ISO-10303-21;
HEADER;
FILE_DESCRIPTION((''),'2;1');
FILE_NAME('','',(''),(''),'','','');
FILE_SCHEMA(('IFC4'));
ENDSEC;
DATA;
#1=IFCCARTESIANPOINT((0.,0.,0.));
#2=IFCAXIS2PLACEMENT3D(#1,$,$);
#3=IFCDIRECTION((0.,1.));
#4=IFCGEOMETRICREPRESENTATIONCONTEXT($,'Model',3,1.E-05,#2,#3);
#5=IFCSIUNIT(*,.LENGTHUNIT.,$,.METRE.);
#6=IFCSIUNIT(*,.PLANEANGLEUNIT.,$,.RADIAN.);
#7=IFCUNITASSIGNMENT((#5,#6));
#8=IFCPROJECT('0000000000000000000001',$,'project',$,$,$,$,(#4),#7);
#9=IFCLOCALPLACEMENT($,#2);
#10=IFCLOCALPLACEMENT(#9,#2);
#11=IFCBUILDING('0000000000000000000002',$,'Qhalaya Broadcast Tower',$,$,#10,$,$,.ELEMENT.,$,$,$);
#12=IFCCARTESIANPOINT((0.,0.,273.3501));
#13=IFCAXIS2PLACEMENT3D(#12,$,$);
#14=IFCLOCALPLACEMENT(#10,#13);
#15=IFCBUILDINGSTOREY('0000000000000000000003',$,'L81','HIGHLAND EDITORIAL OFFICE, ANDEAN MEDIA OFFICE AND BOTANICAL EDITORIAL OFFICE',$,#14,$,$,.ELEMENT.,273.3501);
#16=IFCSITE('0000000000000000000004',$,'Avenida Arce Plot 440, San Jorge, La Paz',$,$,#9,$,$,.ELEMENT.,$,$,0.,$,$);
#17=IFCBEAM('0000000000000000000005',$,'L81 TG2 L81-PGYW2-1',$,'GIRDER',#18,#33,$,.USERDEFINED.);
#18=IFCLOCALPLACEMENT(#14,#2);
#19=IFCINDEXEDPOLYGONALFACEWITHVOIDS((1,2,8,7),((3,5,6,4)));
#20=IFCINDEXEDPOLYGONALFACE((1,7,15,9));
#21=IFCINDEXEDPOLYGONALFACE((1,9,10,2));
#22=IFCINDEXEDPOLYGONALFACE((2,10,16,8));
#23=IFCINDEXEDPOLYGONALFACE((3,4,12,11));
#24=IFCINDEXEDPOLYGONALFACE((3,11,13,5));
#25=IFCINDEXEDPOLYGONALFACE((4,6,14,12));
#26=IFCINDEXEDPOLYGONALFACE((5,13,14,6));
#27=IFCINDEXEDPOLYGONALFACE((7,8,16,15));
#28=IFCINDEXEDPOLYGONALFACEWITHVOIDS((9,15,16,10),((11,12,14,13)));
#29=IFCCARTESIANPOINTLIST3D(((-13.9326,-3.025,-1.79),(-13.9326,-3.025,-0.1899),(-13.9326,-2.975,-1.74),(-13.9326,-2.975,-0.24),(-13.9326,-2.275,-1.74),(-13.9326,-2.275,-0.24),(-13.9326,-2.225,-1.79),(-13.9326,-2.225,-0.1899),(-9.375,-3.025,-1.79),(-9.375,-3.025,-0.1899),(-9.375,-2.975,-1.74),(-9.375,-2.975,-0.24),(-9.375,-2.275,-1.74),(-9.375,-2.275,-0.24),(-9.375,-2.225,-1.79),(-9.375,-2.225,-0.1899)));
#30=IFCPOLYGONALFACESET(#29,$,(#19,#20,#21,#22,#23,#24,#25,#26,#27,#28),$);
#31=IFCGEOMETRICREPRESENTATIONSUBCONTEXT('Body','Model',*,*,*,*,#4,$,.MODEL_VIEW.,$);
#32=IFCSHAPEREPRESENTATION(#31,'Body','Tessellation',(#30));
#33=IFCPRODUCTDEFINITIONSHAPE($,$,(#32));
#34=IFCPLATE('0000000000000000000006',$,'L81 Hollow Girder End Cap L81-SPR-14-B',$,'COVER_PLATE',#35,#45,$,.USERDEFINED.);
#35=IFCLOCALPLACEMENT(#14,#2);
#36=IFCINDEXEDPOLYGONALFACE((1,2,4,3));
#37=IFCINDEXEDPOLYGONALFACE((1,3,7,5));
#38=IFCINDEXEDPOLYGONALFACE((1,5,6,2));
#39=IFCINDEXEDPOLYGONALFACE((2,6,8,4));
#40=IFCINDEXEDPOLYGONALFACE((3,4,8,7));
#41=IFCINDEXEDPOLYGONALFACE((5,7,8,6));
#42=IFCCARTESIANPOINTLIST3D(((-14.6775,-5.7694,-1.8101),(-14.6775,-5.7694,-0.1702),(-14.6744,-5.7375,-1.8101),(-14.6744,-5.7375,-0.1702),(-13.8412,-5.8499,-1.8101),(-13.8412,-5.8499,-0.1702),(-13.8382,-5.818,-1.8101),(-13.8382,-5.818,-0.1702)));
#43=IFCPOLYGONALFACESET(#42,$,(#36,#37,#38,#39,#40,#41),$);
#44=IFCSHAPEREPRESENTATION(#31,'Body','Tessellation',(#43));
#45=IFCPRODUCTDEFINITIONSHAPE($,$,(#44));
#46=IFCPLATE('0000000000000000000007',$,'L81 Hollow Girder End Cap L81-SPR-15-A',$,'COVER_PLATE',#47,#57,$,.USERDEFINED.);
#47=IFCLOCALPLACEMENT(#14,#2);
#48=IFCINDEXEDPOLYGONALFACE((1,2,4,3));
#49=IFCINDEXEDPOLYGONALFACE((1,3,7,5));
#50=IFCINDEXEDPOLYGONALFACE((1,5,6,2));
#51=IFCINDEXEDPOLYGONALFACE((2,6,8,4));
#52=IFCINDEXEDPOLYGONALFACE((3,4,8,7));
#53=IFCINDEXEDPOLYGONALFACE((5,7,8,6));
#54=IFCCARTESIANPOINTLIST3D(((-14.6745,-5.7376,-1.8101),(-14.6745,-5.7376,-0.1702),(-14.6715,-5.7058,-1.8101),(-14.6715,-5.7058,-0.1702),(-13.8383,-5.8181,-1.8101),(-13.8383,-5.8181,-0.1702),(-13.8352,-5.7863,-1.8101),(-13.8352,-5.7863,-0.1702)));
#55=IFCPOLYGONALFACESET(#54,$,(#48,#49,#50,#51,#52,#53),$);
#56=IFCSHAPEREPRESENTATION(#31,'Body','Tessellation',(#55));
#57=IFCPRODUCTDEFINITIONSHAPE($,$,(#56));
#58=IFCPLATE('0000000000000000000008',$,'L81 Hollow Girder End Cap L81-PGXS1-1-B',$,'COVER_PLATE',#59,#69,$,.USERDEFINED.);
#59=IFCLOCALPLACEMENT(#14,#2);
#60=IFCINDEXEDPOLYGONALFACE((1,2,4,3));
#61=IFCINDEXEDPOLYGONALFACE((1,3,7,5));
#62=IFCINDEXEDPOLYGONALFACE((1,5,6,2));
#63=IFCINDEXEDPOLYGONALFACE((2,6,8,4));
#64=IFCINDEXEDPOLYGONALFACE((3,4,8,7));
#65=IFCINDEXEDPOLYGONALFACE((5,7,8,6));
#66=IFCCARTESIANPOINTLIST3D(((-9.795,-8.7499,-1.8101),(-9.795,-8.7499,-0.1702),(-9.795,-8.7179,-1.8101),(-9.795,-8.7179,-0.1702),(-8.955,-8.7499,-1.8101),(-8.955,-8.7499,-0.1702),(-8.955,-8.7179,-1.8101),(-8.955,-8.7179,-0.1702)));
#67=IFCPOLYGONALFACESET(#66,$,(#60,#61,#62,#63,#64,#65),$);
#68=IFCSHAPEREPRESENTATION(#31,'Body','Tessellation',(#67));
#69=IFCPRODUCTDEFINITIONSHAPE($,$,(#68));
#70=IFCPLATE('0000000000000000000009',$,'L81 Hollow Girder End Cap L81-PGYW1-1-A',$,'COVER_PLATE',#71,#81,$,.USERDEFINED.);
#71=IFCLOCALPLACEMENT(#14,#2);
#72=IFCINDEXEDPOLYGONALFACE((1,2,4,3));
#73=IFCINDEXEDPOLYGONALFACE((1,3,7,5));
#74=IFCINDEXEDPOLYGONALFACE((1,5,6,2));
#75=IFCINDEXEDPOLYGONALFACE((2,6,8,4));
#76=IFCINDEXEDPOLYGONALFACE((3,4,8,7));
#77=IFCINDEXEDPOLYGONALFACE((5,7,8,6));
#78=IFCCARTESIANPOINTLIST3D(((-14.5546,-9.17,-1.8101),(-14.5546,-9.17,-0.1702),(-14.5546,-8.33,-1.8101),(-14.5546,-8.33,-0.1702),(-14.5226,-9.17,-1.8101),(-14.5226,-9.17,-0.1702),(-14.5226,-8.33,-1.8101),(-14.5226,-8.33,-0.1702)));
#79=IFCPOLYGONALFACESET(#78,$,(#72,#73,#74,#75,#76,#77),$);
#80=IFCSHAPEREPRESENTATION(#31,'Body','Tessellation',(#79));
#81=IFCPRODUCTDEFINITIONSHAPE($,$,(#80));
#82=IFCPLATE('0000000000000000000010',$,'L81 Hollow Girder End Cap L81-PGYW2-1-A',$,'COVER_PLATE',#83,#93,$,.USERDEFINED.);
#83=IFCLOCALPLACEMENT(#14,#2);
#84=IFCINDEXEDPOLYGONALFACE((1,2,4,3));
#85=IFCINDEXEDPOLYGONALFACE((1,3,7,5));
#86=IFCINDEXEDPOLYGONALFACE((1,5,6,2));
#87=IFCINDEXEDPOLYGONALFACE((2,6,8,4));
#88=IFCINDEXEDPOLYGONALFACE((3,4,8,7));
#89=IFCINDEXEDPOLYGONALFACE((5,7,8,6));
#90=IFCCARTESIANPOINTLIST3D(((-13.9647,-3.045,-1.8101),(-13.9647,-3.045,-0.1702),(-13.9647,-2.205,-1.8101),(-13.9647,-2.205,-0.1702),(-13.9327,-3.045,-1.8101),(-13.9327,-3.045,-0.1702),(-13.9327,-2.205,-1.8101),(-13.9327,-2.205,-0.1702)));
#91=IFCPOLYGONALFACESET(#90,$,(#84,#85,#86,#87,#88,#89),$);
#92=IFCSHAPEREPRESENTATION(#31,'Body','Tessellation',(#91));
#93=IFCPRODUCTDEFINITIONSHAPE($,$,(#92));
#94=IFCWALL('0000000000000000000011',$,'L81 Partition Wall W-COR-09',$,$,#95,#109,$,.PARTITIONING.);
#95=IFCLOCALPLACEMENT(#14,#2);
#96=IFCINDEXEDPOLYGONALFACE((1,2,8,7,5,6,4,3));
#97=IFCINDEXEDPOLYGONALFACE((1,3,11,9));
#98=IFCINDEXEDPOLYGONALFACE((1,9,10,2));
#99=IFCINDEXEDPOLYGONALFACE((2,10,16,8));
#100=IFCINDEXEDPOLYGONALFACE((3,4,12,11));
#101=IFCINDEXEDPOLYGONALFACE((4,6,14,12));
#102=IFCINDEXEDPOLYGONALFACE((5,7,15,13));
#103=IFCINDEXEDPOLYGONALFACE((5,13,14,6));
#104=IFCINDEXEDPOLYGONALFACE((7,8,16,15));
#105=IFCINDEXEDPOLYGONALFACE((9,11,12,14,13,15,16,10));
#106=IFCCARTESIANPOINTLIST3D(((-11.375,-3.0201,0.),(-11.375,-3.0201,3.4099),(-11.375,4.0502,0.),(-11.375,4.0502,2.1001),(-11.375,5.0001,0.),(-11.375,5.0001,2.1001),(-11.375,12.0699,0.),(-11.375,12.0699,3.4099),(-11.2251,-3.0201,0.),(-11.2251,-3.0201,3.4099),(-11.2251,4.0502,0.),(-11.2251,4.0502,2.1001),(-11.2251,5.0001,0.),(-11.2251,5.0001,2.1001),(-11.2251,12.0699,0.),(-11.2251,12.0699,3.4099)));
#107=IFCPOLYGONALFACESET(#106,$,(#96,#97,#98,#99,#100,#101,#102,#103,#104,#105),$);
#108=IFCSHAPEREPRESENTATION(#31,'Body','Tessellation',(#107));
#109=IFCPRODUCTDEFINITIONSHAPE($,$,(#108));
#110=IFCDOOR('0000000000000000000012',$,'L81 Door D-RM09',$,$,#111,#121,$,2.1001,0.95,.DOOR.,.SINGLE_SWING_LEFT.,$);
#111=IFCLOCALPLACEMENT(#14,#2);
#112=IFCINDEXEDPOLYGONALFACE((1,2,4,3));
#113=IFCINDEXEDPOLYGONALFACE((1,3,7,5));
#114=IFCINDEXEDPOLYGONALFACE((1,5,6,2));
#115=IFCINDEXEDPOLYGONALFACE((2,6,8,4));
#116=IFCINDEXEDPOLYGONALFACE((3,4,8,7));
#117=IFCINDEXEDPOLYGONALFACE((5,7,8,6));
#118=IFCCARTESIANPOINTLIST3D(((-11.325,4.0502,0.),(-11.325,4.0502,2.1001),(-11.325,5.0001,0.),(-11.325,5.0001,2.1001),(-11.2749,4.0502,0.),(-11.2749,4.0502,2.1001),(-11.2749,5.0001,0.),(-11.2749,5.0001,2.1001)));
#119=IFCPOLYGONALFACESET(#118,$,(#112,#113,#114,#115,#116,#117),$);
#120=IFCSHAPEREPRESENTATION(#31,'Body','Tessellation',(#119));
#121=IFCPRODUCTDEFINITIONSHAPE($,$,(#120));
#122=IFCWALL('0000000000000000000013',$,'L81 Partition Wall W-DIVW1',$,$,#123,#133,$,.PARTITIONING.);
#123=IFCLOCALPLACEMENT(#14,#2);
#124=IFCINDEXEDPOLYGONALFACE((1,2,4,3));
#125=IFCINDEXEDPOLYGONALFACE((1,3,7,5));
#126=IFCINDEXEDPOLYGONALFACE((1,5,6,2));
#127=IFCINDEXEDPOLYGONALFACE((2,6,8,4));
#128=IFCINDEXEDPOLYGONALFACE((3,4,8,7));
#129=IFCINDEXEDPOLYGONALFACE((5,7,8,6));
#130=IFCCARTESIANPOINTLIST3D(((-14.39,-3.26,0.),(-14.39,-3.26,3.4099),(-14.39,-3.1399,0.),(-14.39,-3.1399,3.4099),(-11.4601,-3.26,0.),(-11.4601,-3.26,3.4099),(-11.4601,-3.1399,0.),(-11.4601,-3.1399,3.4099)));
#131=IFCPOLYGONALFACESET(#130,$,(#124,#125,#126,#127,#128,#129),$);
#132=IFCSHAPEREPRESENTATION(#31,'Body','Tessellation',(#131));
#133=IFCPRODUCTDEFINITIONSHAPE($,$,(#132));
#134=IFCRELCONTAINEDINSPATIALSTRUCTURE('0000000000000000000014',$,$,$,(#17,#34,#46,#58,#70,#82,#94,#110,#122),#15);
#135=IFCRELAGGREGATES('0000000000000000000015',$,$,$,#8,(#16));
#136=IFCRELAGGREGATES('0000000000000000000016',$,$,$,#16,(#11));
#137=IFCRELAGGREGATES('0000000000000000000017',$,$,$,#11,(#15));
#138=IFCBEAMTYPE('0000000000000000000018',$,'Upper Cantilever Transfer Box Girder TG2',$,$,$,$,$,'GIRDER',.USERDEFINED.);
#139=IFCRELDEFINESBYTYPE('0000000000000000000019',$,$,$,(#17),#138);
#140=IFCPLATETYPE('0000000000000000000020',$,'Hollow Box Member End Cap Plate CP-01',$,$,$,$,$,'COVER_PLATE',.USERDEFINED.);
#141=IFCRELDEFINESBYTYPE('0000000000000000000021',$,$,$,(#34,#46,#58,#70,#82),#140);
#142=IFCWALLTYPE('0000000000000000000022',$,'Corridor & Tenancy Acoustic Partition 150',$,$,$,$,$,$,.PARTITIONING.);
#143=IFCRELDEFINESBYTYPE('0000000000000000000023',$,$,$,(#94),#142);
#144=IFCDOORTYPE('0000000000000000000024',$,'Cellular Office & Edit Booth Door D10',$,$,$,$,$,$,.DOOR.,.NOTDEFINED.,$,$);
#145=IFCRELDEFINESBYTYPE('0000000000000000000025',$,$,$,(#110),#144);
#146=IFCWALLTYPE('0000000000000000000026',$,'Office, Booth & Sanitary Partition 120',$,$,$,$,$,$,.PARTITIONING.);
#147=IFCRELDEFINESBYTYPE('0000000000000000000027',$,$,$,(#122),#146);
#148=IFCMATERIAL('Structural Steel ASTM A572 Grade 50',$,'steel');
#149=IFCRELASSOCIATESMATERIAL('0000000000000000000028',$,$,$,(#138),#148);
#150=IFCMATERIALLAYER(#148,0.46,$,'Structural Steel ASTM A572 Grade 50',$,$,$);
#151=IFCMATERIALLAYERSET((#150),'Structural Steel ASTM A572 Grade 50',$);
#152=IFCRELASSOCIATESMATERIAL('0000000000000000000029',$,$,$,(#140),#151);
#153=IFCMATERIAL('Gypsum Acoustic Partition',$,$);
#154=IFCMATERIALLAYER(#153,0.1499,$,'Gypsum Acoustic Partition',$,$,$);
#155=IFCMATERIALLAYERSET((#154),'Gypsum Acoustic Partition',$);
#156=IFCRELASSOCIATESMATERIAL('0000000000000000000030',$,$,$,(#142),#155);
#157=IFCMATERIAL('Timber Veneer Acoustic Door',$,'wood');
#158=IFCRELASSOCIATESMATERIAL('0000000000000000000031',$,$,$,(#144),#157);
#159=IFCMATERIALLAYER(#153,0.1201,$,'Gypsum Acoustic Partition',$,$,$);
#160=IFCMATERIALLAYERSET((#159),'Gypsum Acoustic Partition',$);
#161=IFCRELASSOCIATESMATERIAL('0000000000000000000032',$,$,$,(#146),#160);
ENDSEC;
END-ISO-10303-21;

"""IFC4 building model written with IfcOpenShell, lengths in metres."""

from ifc_helpers import new_model, si_unit, direction, frame, frame_2d, origin, origin_2d, place, context, subcontext, project, spatial, rectangle, hollow_rectangle, extrude, material, layer, layer_set, material_profile, profile_set, type_object, element, fill, save


model = new_model("IFC4")

# Units and contexts
model_context = context("Model", 3, precision=1e-05, world=origin(), true_north=direction((0.0, 1.0)))
body_context = subcontext(model_context, "Body", "Model", "MODEL_VIEW")
ifc_project = project(units=[si_unit("LENGTHUNIT", "METRE"), si_unit("PLANEANGLEUNIT", "RADIAN")], contexts=[model_context])

# Site, building, storey
site_placement = place(None, origin())
site = spatial("IfcSite", under=ifc_project, at=site_placement, Name="Avenida Arce Plot 440, San Jorge, La Paz", CompositionType="ELEMENT", RefElevation=0.0)
building_placement = place(site_placement, origin())
building = spatial("IfcBuilding", under=site, at=building_placement, Name="Qhalaya Broadcast Tower", CompositionType="ELEMENT")
storey_placement = place(building_placement, frame((0.0, 0.0, 273.3501)))
storey = spatial("IfcBuildingStorey", under=building, at=storey_placement, Name="L81", Description="HIGHLAND EDITORIAL OFFICE, ANDEAN MEDIA OFFICE AND BOTANICAL EDITORIAL OFFICE", CompositionType="ELEMENT", Elevation=273.3501)

# Shared definitions
ifc_material_1 = material(Name="Structural Steel ASTM A572 Grade 50", Category="steel")

# Beam
ifc_material_profile_1 = material_profile(ifc_material_1, hollow_rectangle(XDim=0.8, YDim=1.6001, WallThickness=0.05, at=origin_2d()), Name="BOX 800x1600x50")
ifc_profile_set_1 = profile_set([ifc_material_profile_1], Name="Structural Steel ASTM A572 Grade 50")
beam_type_1 = type_object("IfcBeamType", Name="Upper Cantilever Transfer Box Girder TG2", ElementType="GIRDER", PredefinedType="USERDEFINED", material=ifc_profile_set_1)
beam_1_placement = place(storey_placement, frame((-13.9326, -2.625, -0.99), z_axis=(1.0, 0.0, 0.0), x_axis=(0.0, 1.0, 0.0)))
element("IfcBeam", 1, at=beam_1_placement, inside=storey, type_object=beam_type_1, Name="L81 TG2 L81-PGYW2-1", ObjectType="GIRDER", PredefinedType="USERDEFINED", context=body_context, shape_type="SweptSolid", body=[
    extrude(hollow_rectangle(XDim=0.8, YDim=1.6001, WallThickness=0.05, at=origin_2d()), origin(), (0.0, 0.0, 1.0), 4.5576),
])

# Plates
ifc_layer_1 = layer(ifc_material_1, 0.46, Name="Structural Steel ASTM A572 Grade 50")
ifc_layer_set_1 = layer_set([ifc_layer_1], Name="Structural Steel ASTM A572 Grade 50")
plate_type = type_object("IfcPlateType", Name="Hollow Box Member End Cap Plate CP-01", ElementType="COVER_PLATE", PredefinedType="USERDEFINED", material=ifc_layer_set_1)
for number, where, z_axis, x_axis, name in (
    (2, (-14.2578, -5.7937, -1.8101), (0.0, 0.0, 1.0), (0.995396, -0.095846, 0.0), "L81 Hollow Girder End Cap L81-SPR-14-B"),
    (3, (-14.2549, -5.762, -1.8101), (0.0, 0.0, 1.0), (0.995396, -0.095846, 0.0), "L81 Hollow Girder End Cap L81-SPR-15-A"),
    (4, (-9.375, -8.7339, -1.8101), (0.0, 0.0, 1.0), (-1.0, 0.0, 0.0), "L81 Hollow Girder End Cap L81-PGXS1-1-B"),
    (5, (-14.5386, -8.75, -1.8101), (0.0, 0.0, 1.0), (0.0, 1.0, 0.0), "L81 Hollow Girder End Cap L81-PGYW1-1-A"),
    (6, (-13.9487, -2.625, -1.8101), (0.0, 0.0, 1.0), (0.0, 1.0, 0.0), "L81 Hollow Girder End Cap L81-PGYW2-1-A"),
):
    element("IfcPlate", number, at=place(storey_placement, frame(where, z_axis=z_axis, x_axis=x_axis)), inside=storey, type_object=plate_type, Name=name, ObjectType="COVER_PLATE", PredefinedType="USERDEFINED", context=body_context, shape_type="SweptSolid", body=[
        extrude(rectangle(XDim=0.8401, YDim=0.032, at=origin_2d()), origin(), (0.0, 0.0, 1.0), 1.6399),
    ])

# Wall, opening, door
ifc_material_2 = material(Name="Gypsum Acoustic Partition")
ifc_layer_2 = layer(ifc_material_2, 0.1499, Name="Gypsum Acoustic Partition")
ifc_layer_set_2 = layer_set([ifc_layer_2], Name="Gypsum Acoustic Partition")
wall_type_1 = type_object("IfcWallType", Name="Corridor & Tenancy Acoustic Partition 150", PredefinedType="PARTITIONING", material=ifc_layer_set_2)
wall_1_placement = place(storey_placement, frame((-11.3, -3.02, 0.0), z_axis=(0.0, 0.0, 1.0), x_axis=(0.0, 1.0, 0.0)))
wall_1 = element("IfcWall", 7, at=wall_1_placement, inside=storey, type_object=wall_type_1, Name="L81 Partition Wall W-COR-09", PredefinedType="PARTITIONING", context=body_context, shape_type="SweptSolid", body=[
    extrude(rectangle(XDim=15.0901, YDim=0.1499, at=frame_2d((7.5449, 0.0))), origin(), (0.0, 0.0, 1.0), 3.4099),
])
opening_1_placement = place(wall_1_placement, frame((7.0701, 0.0, 0.0)))
opening_1 = element("IfcOpeningElement", 8, at=opening_1_placement, cuts=wall_1, PredefinedType="OPENING", context=body_context, shape_type="SweptSolid", body=[
    extrude(rectangle(XDim=0.95, YDim=2.1001, at=frame_2d((0.4751, 1.05))), frame((0.0, 0.0869, 0.0), z_axis=(0.0, -1.0, 0.0), x_axis=(1.0, 0.0, 0.0)), (0.0, 0.0, 1.0), 0.1738),
])
ifc_material_3 = material(Name="Timber Veneer Acoustic Door", Category="wood")
door_type_1 = type_object("IfcDoorType", Name="Cellular Office & Edit Booth Door D10", OperationType="NOTDEFINED", PredefinedType="DOOR", material=ifc_material_3)
door_1_placement = place(opening_1_placement, origin())
door_1 = element("IfcDoor", 9, at=door_1_placement, inside=storey, type_object=door_type_1, Name="L81 Door D-RM09", OperationType="SINGLE_SWING_LEFT", OverallHeight=2.1001, OverallWidth=0.95, PredefinedType="DOOR", context=body_context, shape_type="SweptSolid", body=[
    extrude(rectangle(XDim=0.95, YDim=2.1001, at=frame_2d((0.4751, 1.05))), frame((0.0, 0.0249, 0.0), z_axis=(0.0, -1.0, 0.0), x_axis=(1.0, 0.0, 0.0)), (0.0, 0.0, 1.0), 0.05),
])
fill(opening_1, door_1)

# Wall
ifc_layer_3 = layer(ifc_material_2, 0.1201, Name="Gypsum Acoustic Partition")
ifc_layer_set_3 = layer_set([ifc_layer_3], Name="Gypsum Acoustic Partition")
wall_type_2 = type_object("IfcWallType", Name="Office, Booth & Sanitary Partition 120", PredefinedType="PARTITIONING", material=ifc_layer_set_3)
wall_2_placement = place(storey_placement, frame((-14.3899, -3.2, 0.0), z_axis=(0.0, 0.0, 1.0), x_axis=(1.0, 0.0, 0.0)))
element("IfcWall", 10, at=wall_2_placement, inside=storey, type_object=wall_type_2, Name="L81 Partition Wall W-DIVW1", PredefinedType="PARTITIONING", context=body_context, shape_type="SweptSolid", body=[
    extrude(rectangle(XDim=2.9299, YDim=0.1201, at=frame_2d((1.4648, 0.0))), origin(), (0.0, 0.0, 1.0), 3.4099),
])

save(model, "model.ifc")
